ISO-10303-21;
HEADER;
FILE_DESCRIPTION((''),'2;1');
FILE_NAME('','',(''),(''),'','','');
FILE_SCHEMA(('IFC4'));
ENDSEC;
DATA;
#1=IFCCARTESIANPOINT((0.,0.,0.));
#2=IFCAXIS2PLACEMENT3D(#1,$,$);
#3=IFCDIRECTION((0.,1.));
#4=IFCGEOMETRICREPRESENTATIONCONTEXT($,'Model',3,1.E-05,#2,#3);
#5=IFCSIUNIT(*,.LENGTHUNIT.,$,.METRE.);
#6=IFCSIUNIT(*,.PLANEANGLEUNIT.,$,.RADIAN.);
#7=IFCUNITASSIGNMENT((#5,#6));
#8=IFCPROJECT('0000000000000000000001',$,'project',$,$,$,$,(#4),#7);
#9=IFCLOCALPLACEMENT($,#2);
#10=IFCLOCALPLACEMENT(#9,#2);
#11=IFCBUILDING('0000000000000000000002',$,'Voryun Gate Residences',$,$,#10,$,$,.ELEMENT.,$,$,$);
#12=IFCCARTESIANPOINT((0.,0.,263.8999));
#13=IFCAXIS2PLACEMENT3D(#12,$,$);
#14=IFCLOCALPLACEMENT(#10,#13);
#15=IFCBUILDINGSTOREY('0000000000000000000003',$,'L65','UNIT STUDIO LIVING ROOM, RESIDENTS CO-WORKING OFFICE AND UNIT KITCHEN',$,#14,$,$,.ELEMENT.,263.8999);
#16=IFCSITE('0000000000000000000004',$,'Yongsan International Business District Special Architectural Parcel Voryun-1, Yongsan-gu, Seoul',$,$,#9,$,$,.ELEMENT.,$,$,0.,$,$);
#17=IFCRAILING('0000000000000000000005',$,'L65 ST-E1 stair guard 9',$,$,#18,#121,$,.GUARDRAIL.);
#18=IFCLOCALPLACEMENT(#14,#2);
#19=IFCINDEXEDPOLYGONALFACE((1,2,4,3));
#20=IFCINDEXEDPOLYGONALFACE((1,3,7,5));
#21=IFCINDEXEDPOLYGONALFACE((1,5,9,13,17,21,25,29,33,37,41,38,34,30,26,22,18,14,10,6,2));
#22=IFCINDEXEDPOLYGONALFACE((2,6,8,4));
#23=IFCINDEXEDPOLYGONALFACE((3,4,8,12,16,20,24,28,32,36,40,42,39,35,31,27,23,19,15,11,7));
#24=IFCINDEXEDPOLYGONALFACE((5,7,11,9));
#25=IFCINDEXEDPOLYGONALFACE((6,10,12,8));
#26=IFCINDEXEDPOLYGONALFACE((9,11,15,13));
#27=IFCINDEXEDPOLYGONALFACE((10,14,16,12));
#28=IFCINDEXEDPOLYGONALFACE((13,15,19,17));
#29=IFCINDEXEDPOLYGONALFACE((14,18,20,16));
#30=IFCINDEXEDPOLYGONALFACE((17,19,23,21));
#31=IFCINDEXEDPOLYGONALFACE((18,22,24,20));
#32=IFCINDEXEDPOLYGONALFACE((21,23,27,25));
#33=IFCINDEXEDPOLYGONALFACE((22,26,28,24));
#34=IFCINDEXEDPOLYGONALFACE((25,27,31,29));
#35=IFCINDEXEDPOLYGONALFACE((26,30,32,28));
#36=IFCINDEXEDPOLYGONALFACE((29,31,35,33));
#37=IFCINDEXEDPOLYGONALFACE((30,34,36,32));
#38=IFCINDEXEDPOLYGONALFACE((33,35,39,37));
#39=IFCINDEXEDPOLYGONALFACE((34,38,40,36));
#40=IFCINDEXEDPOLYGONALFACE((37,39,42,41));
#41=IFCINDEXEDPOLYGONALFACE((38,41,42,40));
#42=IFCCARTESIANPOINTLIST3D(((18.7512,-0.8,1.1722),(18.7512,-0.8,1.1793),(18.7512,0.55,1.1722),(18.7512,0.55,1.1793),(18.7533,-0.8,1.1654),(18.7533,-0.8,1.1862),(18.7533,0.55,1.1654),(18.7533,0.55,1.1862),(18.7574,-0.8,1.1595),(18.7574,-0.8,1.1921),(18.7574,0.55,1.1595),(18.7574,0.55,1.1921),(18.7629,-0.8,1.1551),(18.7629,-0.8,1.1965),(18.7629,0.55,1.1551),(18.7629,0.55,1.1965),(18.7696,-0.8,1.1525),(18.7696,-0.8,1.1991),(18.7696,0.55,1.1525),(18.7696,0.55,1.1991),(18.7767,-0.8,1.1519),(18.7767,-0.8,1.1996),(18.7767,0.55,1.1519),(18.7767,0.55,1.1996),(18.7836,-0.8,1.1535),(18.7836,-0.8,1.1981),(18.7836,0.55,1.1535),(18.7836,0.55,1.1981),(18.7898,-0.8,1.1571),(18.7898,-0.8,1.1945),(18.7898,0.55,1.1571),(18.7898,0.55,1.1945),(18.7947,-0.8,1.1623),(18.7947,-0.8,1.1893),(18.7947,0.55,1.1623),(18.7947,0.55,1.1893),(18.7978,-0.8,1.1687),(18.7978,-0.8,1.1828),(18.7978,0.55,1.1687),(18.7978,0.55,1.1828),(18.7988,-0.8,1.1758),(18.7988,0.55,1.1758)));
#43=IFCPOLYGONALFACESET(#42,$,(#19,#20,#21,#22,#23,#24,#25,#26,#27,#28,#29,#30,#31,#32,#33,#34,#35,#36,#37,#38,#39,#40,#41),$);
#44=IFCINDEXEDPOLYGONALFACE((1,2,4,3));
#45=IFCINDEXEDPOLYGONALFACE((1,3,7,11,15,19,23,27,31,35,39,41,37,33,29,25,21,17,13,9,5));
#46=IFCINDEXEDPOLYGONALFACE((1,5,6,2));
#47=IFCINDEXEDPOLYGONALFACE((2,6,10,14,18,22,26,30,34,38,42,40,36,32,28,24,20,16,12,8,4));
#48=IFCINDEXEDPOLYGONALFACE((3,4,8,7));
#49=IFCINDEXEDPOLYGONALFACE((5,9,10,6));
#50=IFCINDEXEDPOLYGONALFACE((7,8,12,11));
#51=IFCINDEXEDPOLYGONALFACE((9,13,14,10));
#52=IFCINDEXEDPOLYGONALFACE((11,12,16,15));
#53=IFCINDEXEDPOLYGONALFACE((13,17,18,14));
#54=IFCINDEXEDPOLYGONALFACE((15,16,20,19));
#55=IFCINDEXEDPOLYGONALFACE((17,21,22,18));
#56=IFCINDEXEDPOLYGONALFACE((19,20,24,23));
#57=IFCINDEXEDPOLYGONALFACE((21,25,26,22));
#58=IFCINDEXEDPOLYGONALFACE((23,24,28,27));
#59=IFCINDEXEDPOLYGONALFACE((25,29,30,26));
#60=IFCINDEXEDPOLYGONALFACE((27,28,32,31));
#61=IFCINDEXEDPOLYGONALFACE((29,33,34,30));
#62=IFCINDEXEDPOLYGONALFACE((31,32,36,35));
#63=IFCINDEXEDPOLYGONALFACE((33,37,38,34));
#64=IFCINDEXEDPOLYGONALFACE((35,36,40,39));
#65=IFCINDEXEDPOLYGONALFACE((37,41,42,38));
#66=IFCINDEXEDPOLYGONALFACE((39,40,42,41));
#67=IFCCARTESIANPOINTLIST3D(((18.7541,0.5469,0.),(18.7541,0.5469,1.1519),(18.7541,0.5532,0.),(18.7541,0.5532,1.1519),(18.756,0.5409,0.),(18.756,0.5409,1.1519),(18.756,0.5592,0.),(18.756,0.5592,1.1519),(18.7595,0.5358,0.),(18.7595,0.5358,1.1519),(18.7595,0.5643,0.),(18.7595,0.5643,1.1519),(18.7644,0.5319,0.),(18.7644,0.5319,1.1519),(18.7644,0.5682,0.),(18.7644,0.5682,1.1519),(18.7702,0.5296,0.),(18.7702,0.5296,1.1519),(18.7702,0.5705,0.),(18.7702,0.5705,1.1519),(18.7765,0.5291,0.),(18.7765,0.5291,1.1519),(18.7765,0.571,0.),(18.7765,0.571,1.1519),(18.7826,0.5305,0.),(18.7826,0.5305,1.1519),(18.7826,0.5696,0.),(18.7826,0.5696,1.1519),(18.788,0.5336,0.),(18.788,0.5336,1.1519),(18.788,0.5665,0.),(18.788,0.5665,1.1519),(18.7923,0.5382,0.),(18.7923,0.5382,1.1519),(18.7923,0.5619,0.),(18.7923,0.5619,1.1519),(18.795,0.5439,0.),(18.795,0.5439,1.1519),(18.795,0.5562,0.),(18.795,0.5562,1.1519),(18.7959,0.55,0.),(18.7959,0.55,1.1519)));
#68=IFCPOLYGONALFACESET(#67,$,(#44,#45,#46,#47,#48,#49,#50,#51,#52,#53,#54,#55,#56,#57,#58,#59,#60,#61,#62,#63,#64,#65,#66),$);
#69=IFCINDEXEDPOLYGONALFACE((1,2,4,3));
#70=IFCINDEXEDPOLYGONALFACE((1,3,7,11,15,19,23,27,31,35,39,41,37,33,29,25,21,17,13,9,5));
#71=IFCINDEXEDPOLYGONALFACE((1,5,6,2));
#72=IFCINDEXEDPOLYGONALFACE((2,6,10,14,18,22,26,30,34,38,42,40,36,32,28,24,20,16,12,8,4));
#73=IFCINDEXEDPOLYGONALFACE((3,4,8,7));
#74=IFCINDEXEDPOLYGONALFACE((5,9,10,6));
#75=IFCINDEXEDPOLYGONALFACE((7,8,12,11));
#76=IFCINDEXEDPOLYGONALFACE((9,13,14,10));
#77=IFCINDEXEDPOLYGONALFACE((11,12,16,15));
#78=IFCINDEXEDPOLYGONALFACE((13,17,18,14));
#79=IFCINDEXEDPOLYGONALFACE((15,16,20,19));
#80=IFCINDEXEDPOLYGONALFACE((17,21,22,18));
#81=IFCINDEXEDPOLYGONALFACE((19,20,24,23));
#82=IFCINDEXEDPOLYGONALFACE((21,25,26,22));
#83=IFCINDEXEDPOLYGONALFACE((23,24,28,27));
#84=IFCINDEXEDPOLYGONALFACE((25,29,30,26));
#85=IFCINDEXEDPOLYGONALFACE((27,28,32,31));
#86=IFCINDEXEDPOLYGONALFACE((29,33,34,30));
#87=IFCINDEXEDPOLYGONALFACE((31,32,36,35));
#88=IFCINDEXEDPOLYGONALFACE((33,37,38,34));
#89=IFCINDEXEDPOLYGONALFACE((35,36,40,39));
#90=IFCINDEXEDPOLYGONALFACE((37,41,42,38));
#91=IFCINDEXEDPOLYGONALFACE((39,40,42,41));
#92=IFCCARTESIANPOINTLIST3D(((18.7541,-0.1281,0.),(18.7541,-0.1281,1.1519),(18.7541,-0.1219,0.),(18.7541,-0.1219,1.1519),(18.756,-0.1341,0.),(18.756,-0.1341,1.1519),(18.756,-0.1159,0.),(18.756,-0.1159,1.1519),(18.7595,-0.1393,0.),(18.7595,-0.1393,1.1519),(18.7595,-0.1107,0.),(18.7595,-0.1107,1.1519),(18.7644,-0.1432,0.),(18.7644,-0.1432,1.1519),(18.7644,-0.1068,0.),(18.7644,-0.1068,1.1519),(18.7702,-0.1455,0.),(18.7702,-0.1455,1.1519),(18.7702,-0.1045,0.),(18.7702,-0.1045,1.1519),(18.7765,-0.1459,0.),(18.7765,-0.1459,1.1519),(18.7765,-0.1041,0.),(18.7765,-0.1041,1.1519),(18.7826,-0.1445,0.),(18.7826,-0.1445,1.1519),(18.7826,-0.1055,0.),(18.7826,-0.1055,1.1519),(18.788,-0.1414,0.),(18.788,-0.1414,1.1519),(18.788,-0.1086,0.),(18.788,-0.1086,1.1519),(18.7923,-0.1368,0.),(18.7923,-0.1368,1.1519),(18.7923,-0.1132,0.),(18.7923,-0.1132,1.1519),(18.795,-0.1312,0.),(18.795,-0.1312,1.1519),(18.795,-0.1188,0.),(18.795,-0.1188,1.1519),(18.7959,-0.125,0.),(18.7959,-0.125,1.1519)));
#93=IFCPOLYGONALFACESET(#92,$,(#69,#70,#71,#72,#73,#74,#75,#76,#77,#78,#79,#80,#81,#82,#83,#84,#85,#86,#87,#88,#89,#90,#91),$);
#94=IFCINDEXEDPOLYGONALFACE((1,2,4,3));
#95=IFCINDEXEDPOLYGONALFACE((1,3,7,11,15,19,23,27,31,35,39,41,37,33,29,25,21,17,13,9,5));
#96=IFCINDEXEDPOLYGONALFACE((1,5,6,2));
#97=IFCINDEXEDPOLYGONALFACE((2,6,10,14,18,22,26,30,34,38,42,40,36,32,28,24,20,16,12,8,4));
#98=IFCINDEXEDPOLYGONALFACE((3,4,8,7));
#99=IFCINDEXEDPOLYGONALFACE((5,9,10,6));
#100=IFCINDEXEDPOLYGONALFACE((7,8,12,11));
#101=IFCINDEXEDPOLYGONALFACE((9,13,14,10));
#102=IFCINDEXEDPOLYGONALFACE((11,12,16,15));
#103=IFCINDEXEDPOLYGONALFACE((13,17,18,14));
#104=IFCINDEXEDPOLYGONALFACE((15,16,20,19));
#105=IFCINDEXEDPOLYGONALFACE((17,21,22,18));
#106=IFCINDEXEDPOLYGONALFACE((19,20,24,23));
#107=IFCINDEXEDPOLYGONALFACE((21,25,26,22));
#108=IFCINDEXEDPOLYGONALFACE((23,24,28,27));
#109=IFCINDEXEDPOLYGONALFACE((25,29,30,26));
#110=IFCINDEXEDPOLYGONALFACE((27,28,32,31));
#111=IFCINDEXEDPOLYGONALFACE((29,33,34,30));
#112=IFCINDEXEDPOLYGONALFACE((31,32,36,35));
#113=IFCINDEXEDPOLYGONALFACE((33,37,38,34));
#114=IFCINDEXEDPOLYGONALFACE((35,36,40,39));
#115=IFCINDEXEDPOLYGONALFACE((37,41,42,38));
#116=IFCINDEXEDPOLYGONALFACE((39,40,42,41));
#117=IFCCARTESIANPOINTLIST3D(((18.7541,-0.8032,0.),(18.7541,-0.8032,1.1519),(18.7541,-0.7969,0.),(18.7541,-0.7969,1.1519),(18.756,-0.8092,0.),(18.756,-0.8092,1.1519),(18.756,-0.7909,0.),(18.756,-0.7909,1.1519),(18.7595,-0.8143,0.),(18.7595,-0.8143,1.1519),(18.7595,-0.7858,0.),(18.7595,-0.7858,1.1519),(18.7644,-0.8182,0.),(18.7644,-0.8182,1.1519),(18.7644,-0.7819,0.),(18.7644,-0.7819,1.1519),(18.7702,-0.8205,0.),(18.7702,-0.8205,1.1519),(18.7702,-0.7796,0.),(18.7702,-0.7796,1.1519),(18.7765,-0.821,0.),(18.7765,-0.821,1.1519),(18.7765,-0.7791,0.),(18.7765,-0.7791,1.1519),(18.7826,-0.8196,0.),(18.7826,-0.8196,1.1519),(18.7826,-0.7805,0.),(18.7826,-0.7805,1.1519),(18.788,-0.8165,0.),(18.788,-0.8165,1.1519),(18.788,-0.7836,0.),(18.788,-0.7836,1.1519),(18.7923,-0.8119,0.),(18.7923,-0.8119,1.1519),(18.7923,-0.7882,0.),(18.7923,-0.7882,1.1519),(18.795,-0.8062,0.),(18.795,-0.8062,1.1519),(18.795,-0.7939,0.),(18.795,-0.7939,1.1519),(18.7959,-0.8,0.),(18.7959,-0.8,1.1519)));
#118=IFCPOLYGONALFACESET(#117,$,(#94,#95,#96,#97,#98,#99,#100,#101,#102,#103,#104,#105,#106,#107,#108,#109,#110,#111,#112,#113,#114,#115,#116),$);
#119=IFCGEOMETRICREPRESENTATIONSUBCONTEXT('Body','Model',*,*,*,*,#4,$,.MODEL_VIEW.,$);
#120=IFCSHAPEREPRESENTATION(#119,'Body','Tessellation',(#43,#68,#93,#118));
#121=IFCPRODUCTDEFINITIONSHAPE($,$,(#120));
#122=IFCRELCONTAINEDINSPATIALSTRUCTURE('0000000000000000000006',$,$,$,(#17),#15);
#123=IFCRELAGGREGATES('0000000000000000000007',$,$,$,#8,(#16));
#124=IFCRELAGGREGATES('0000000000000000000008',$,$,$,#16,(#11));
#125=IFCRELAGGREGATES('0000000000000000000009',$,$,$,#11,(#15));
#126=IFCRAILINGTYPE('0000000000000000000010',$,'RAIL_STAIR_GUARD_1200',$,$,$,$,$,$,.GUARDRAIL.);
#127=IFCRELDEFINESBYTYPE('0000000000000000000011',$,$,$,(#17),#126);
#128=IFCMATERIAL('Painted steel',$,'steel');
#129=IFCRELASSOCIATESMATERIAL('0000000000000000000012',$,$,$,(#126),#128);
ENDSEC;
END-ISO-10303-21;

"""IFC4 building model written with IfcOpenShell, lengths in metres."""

from ifc_helpers import new_model, si_unit, direction, frame, origin, origin_2d, place, context, subcontext, project, spatial, circle, extrude, material, type_object, element, save


model = new_model("IFC4")

# Units and contexts
model_context = context("Model", 3, precision=1e-05, world=origin(), true_north=direction((0.0, 1.0)))
body_context = subcontext(model_context, "Body", "Model", "MODEL_VIEW")
ifc_project = project(units=[si_unit("LENGTHUNIT", "METRE"), si_unit("PLANEANGLEUNIT", "RADIAN")], contexts=[model_context])

# Site, building, storey
site_placement = place(None, origin())
site = spatial("IfcSite", under=ifc_project, at=site_placement, Name="Yongsan International Business District Special Architectural Parcel Voryun-1, Yongsan-gu, Seoul", CompositionType="ELEMENT", RefElevation=0.0)
building_placement = place(site_placement, origin())
building = spatial("IfcBuilding", under=site, at=building_placement, Name="Voryun Gate Residences", CompositionType="ELEMENT")
storey_placement = place(building_placement, frame((0.0, 0.0, 263.8999)))
storey = spatial("IfcBuildingStorey", under=building, at=storey_placement, Name="L65", Description="UNIT STUDIO LIVING ROOM, RESIDENTS CO-WORKING OFFICE AND UNIT KITCHEN", CompositionType="ELEMENT", Elevation=263.8999)

# Railing
ifc_material_1 = material(Name="Painted steel", Category="steel")
railing_type_1 = type_object("IfcRailingType", Name="RAIL_STAIR_GUARD_1200", PredefinedType="GUARDRAIL", material=ifc_material_1)
for number, where, name in (
    (1, (18.7749, 0.55, 0.0), "L65 ST-E1 stair guard 9"),
):
    element("IfcRailing", number, at=place(storey_placement, frame(where)), inside=storey, type_object=railing_type_1, Name=name, PredefinedType="GUARDRAIL", context=body_context, shape_type="SweptSolid", body=[
        extrude(circle(Radius=0.0239, at=origin_2d()), frame((0.0, 0.0, 1.1758), z_axis=(0.0, -1.0, 0.0), x_axis=(1.0, 0.0, 0.0)), (0.0, 0.0, 1.0), 1.3501),
        extrude(circle(Radius=0.021, at=origin_2d()), origin(), (0.0, 0.0, 1.0), 1.1519),
        extrude(circle(Radius=0.021, at=origin_2d()), frame((0.0, -0.675, 0.0)), (0.0, 0.0, 1.0), 1.1519),
        extrude(circle(Radius=0.021, at=origin_2d()), frame((0.0, -1.3501, 0.0)), (0.0, 0.0, 1.0), 1.1519),
    ])

save(model, "model.ifc")
